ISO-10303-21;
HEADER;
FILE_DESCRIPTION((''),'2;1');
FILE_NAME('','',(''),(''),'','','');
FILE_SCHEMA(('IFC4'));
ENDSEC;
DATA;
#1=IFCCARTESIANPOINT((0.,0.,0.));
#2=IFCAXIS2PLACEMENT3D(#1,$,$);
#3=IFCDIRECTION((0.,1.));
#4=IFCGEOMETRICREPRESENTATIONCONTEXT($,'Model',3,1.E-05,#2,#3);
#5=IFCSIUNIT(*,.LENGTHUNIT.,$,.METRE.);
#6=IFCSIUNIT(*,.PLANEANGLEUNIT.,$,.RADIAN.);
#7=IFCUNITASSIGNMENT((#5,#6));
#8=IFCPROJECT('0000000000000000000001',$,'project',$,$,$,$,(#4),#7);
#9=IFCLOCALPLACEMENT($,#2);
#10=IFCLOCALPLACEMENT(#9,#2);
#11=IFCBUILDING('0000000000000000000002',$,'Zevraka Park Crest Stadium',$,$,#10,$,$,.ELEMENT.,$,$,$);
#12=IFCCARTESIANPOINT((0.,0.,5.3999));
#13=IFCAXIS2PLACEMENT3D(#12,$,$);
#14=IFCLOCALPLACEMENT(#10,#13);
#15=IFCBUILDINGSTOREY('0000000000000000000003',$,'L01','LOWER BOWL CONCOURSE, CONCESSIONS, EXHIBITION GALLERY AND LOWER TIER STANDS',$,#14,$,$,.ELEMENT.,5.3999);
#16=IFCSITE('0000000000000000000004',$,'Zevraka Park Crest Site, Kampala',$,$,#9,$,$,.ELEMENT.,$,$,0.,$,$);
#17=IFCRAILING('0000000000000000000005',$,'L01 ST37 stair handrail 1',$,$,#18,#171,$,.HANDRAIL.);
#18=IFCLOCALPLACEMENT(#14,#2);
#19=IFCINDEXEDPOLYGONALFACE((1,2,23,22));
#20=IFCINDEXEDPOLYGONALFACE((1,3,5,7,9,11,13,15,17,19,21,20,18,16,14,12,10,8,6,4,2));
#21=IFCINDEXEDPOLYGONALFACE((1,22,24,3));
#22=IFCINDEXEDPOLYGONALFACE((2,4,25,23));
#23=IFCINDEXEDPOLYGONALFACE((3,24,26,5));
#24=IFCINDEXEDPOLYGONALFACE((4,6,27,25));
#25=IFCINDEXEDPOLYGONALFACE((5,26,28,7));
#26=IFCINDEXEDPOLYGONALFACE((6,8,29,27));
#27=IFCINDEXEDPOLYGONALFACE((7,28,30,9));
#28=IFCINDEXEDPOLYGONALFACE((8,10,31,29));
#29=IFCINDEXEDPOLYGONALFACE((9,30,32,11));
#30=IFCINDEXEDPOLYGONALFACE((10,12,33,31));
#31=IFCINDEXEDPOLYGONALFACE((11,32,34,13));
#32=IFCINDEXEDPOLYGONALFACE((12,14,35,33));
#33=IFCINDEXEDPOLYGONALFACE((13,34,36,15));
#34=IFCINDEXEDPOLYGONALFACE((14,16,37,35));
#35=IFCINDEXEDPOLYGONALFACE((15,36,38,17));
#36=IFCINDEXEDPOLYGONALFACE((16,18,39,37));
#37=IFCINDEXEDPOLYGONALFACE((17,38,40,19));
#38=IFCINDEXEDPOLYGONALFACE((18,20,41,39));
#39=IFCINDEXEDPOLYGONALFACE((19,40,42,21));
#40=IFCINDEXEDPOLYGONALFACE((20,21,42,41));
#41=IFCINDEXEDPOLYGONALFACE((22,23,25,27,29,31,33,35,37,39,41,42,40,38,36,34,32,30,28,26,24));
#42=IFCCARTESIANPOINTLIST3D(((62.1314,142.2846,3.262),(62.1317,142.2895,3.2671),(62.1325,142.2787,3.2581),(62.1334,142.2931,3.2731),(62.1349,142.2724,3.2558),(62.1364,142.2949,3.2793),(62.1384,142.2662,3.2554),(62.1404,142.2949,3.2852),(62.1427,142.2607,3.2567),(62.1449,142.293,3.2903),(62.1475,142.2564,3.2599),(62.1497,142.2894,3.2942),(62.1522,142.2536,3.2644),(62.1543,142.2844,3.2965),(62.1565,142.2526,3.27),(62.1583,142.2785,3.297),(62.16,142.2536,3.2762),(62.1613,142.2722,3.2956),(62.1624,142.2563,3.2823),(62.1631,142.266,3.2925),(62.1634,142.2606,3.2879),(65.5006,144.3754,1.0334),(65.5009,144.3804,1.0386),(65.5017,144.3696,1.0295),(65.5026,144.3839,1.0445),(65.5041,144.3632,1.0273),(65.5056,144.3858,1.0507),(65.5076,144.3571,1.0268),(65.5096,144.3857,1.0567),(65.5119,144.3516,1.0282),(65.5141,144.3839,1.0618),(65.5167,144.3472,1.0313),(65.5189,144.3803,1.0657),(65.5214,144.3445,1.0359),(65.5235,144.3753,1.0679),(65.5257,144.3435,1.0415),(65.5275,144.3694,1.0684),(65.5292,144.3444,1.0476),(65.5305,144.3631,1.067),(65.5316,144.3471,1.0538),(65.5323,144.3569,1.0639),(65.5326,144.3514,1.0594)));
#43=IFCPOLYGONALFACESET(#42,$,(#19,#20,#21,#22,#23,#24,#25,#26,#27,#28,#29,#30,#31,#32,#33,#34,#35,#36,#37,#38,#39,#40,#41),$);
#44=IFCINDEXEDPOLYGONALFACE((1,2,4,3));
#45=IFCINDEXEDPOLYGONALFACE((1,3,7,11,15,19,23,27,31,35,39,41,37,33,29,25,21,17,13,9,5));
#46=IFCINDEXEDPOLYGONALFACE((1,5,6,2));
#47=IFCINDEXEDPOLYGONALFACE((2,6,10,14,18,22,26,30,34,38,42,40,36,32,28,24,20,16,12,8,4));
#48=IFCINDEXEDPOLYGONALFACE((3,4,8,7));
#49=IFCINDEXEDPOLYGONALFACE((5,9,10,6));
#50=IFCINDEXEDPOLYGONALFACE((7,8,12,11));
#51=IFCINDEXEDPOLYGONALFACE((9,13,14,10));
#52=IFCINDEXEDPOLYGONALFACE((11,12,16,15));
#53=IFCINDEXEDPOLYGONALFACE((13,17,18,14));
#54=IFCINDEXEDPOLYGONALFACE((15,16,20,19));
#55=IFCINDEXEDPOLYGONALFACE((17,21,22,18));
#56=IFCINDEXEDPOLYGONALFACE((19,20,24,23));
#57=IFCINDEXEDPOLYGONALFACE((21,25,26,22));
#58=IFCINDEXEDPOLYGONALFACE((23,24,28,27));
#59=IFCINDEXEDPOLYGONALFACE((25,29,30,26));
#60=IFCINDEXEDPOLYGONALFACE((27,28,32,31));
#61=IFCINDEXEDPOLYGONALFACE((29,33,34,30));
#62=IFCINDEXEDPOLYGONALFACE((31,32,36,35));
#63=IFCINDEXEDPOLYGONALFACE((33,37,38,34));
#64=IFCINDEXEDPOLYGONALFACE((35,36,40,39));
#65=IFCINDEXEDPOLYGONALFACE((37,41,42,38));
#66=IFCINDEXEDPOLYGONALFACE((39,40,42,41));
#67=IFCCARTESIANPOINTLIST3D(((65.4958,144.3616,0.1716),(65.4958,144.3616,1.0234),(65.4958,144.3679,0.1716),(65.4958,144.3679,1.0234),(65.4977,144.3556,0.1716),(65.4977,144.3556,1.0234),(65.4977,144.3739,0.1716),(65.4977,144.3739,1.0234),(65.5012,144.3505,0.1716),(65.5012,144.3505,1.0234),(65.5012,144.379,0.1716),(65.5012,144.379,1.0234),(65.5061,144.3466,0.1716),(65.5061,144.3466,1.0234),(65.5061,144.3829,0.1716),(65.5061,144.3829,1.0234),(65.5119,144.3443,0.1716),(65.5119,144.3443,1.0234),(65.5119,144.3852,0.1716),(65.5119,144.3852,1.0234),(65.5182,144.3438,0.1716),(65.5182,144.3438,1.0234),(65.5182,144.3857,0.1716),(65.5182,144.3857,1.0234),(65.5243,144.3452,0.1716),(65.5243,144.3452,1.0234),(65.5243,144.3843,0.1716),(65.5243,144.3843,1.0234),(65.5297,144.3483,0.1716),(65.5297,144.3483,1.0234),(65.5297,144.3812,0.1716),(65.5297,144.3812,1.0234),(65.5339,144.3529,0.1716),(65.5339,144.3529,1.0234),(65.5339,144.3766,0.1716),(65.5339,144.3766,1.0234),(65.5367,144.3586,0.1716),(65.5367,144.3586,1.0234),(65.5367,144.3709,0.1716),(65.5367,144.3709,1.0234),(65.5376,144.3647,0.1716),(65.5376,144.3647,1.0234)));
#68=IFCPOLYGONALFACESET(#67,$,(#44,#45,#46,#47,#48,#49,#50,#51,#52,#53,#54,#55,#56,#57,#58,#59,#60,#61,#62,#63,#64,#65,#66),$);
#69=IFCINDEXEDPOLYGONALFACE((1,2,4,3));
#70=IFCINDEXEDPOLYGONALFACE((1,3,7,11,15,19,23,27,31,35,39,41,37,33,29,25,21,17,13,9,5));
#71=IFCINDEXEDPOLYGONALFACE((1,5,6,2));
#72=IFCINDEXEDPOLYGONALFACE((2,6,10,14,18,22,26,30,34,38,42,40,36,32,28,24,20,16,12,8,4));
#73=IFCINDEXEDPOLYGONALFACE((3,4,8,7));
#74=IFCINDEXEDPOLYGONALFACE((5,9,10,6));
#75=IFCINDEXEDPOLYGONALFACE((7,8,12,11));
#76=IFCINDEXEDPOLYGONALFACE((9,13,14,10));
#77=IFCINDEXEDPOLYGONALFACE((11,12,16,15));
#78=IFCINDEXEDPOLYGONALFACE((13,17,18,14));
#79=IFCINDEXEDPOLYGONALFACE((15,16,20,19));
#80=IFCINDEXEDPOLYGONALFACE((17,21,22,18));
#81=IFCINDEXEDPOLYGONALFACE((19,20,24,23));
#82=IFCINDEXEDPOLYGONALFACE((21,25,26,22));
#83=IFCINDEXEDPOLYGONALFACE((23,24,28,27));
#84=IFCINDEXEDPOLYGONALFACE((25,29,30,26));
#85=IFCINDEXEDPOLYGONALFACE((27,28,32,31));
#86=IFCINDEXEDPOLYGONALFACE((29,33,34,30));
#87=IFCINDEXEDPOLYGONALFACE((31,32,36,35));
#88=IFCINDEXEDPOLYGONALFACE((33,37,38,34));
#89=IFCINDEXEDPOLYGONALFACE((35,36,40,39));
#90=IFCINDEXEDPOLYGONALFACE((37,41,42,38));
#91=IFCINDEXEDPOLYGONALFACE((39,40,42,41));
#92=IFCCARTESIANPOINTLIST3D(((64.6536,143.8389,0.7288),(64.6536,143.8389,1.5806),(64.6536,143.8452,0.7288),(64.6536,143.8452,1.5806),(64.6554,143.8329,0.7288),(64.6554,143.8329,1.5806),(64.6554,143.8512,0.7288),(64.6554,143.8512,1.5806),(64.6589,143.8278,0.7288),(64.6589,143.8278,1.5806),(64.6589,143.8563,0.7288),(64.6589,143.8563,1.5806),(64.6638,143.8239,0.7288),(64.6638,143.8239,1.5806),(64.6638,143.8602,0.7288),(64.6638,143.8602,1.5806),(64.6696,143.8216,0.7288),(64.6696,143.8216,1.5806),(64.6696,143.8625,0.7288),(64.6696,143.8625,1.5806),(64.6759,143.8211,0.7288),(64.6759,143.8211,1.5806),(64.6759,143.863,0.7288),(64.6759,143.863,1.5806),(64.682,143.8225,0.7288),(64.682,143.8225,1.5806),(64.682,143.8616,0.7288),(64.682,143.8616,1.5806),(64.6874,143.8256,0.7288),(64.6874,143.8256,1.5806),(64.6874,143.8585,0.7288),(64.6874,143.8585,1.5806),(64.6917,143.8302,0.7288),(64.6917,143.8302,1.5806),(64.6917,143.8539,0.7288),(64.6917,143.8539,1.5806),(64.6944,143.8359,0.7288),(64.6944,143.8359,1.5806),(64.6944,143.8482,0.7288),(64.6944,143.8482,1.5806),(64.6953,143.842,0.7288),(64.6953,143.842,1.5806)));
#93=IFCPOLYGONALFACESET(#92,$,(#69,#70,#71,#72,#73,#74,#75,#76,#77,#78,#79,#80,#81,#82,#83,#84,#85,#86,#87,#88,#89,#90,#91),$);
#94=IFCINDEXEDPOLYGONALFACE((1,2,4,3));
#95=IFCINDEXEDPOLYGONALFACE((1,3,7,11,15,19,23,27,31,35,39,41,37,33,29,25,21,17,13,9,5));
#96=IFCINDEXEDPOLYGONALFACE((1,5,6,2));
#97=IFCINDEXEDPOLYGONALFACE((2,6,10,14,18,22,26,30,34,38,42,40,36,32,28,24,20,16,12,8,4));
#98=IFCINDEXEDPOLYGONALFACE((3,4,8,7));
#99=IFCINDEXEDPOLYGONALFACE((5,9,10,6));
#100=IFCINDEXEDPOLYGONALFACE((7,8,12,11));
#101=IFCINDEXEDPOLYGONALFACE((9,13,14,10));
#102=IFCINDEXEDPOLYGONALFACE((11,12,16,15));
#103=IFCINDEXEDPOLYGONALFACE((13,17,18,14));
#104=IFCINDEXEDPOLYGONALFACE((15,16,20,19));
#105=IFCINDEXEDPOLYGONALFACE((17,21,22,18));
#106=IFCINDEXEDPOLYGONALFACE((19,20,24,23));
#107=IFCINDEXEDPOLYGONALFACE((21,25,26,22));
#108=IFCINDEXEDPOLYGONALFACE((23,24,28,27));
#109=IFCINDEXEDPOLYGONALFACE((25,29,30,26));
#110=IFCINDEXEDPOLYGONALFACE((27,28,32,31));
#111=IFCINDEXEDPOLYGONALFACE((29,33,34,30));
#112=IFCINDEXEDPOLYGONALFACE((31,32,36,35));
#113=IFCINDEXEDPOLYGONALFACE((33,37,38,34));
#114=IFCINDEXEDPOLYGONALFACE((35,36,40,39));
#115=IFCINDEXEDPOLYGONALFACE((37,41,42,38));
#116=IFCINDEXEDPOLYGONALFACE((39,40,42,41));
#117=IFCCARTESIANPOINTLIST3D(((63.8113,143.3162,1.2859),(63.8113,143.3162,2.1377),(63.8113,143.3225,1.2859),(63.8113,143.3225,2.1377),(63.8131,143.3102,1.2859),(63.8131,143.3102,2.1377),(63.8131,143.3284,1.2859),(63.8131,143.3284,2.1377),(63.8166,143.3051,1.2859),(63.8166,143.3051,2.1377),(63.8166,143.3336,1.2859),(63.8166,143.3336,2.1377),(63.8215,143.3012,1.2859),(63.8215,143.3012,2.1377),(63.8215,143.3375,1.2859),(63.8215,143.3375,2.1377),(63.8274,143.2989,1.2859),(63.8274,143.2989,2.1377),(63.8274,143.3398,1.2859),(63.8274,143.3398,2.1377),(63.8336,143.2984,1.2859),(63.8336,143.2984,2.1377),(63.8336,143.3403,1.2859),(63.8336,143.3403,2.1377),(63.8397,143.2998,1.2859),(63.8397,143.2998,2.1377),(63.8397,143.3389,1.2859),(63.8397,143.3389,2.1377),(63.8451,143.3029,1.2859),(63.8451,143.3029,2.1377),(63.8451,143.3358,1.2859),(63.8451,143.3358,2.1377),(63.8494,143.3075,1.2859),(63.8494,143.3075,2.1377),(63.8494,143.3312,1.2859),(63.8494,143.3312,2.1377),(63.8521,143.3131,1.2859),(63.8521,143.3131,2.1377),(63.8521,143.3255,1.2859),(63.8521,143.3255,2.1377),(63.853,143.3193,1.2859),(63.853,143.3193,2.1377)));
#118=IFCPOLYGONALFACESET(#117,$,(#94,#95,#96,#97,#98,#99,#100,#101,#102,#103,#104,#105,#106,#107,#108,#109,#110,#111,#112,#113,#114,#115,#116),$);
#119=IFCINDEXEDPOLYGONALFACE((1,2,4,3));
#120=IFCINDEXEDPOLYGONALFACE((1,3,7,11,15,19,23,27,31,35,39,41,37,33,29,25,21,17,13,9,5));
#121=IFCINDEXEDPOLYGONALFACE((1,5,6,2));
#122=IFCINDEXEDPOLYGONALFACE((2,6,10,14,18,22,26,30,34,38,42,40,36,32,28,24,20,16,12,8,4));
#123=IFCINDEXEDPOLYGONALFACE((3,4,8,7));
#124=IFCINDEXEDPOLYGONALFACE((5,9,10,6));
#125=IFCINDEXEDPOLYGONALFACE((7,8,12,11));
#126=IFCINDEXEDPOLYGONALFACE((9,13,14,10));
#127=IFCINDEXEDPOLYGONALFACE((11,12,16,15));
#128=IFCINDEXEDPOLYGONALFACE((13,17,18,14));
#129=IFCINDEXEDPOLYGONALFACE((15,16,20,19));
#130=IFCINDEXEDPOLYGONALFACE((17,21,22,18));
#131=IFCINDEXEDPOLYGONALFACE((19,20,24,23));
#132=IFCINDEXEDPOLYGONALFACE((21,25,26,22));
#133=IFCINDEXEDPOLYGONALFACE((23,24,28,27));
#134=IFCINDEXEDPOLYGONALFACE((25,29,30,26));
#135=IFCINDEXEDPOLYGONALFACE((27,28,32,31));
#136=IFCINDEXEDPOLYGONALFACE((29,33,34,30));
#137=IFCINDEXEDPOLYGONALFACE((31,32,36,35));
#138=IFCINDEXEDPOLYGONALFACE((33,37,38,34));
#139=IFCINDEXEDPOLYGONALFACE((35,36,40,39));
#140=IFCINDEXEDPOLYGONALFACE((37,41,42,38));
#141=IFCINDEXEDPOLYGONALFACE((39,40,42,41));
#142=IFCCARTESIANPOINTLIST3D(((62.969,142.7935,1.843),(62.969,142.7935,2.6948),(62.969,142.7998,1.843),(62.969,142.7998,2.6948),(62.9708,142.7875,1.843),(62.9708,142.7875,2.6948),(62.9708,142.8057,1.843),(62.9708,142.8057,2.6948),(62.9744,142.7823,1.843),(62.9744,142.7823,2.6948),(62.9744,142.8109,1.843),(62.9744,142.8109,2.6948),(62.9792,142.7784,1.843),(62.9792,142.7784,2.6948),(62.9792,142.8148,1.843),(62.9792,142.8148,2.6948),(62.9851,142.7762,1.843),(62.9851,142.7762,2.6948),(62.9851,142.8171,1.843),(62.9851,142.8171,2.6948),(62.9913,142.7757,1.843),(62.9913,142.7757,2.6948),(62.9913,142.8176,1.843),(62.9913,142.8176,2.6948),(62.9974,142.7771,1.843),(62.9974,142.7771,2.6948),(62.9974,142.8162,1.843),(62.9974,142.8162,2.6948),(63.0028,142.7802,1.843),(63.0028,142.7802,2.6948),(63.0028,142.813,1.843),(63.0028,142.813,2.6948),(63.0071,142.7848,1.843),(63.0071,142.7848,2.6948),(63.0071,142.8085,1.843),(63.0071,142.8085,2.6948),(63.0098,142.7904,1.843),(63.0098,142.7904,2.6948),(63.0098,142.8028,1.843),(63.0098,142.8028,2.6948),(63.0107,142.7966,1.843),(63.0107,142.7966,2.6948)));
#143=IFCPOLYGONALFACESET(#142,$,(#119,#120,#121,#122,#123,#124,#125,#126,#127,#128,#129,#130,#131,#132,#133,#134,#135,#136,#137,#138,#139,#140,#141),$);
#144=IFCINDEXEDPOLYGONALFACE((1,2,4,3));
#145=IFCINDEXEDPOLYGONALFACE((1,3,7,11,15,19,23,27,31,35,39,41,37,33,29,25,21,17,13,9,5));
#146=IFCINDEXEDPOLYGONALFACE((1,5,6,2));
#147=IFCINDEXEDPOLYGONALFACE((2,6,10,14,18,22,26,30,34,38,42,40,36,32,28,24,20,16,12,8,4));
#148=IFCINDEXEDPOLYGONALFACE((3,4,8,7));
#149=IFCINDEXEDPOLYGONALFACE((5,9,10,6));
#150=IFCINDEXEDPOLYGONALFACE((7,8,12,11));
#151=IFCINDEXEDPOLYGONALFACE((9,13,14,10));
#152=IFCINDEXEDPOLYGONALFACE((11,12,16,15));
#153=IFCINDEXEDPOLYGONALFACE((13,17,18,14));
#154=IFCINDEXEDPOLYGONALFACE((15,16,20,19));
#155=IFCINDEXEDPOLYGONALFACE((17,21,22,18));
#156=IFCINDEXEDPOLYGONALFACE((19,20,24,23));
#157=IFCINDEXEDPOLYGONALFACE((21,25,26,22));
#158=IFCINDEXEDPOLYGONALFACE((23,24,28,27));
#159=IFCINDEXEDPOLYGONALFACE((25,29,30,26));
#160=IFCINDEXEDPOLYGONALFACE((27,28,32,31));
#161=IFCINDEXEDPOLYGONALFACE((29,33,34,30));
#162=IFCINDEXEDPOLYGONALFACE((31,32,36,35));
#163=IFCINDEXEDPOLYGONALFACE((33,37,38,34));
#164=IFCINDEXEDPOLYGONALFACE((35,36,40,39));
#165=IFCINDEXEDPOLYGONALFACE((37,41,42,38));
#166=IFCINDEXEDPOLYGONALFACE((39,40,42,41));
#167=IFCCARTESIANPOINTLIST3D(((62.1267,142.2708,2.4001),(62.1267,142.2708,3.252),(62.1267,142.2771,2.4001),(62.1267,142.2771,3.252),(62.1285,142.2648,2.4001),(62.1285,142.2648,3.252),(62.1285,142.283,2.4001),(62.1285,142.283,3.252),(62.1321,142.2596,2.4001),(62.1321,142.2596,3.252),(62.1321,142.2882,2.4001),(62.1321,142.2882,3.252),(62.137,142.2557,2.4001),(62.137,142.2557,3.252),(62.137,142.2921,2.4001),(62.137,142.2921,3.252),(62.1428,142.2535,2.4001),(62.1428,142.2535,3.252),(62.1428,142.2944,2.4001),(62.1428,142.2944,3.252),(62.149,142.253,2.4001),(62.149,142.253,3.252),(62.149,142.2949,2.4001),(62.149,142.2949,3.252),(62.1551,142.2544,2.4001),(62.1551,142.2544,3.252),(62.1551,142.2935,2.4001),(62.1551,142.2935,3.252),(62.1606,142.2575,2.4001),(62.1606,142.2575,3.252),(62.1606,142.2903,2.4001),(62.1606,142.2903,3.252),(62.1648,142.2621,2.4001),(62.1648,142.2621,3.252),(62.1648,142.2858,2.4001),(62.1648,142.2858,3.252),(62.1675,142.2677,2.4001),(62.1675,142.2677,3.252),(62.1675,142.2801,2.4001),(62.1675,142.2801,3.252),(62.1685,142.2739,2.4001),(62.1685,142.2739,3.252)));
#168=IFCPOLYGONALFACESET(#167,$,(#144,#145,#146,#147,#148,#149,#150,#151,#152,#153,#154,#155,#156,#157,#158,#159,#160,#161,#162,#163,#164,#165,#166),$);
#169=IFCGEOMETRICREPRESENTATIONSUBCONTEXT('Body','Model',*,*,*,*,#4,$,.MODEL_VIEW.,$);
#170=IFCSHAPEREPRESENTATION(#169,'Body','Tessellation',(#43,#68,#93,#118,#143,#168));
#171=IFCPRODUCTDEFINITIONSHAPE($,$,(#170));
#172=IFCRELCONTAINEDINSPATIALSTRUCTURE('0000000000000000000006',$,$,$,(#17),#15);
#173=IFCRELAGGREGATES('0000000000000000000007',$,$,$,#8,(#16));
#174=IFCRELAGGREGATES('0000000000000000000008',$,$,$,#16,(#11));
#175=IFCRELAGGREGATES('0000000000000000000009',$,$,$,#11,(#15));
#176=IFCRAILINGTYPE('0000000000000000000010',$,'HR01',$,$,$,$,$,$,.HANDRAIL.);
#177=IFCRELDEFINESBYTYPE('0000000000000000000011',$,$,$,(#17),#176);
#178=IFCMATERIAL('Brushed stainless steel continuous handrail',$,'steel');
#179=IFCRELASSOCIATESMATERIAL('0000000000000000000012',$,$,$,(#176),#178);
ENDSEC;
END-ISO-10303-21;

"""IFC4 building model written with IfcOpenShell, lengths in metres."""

from ifc_helpers import new_model, si_unit, direction, frame, origin, origin_2d, place, context, subcontext, project, spatial, circle, extrude, material, type_object, element, save


model = new_model("IFC4")

# Units and contexts
model_context = context("Model", 3, precision=1e-05, world=origin(), true_north=direction((0.0, 1.0)))
body_context = subcontext(model_context, "Body", "Model", "MODEL_VIEW")
ifc_project = project(units=[si_unit("LENGTHUNIT", "METRE"), si_unit("PLANEANGLEUNIT", "RADIAN")], contexts=[model_context])

# Site, building, storey
site_placement = place(None, origin())
site = spatial("IfcSite", under=ifc_project, at=site_placement, Name="Zevraka Park Crest Site, Kampala", CompositionType="ELEMENT", RefElevation=0.0)
building_placement = place(site_placement, origin())
building = spatial("IfcBuilding", under=site, at=building_placement, Name="Zevraka Park Crest Stadium", CompositionType="ELEMENT")
storey_placement = place(building_placement, frame((0.0, 0.0, 5.3999)))
storey = spatial("IfcBuildingStorey", under=building, at=storey_placement, Name="L01", Description="LOWER BOWL CONCOURSE, CONCESSIONS, EXHIBITION GALLERY AND LOWER TIER STANDS", CompositionType="ELEMENT", Elevation=5.3999)

# Railing
ifc_material_1 = material(Name="Brushed stainless steel continuous handrail", Category="steel")
railing_type_1 = type_object("IfcRailingType", Name="HR01", PredefinedType="HANDRAIL", material=ifc_material_1)
railing_1_placement = place(storey_placement, frame((65.5166, 144.3647, 0.1716)))
element("IfcRailing", 1, at=railing_1_placement, inside=storey, type_object=railing_type_1, Name="L01 ST37 stair handrail 1", PredefinedType="HANDRAIL", context=body_context, shape_type="SweptSolid", body=[
    extrude(circle(Radius=0.0239, at=origin_2d()), frame((0.0, 0.0, 0.876), z_axis=(-0.740713, -0.459672, 0.489944), x_axis=(0.527295, -0.849682, 0.0)), (0.0, 0.0, 1.0), 4.5486),
    extrude(circle(Radius=0.021, at=origin_2d()), origin(), (0.0, 0.0, 1.0), 0.8518),
    extrude(circle(Radius=0.021, at=origin_2d()), frame((-0.8423, -0.5227, 0.5571)), (0.0, 0.0, 1.0), 0.8518),
    extrude(circle(Radius=0.021, at=origin_2d()), frame((-1.6846, -1.0454, 1.1143)), (0.0, 0.0, 1.0), 0.8518),
    extrude(circle(Radius=0.021, at=origin_2d()), frame((-2.5269, -1.5681, 1.6714)), (0.0, 0.0, 1.0), 0.8518),
    extrude(circle(Radius=0.021, at=origin_2d()), frame((-3.3691, -2.0908, 2.2285)), (0.0, 0.0, 1.0), 0.8518),
])

save(model, "model.ifc")
